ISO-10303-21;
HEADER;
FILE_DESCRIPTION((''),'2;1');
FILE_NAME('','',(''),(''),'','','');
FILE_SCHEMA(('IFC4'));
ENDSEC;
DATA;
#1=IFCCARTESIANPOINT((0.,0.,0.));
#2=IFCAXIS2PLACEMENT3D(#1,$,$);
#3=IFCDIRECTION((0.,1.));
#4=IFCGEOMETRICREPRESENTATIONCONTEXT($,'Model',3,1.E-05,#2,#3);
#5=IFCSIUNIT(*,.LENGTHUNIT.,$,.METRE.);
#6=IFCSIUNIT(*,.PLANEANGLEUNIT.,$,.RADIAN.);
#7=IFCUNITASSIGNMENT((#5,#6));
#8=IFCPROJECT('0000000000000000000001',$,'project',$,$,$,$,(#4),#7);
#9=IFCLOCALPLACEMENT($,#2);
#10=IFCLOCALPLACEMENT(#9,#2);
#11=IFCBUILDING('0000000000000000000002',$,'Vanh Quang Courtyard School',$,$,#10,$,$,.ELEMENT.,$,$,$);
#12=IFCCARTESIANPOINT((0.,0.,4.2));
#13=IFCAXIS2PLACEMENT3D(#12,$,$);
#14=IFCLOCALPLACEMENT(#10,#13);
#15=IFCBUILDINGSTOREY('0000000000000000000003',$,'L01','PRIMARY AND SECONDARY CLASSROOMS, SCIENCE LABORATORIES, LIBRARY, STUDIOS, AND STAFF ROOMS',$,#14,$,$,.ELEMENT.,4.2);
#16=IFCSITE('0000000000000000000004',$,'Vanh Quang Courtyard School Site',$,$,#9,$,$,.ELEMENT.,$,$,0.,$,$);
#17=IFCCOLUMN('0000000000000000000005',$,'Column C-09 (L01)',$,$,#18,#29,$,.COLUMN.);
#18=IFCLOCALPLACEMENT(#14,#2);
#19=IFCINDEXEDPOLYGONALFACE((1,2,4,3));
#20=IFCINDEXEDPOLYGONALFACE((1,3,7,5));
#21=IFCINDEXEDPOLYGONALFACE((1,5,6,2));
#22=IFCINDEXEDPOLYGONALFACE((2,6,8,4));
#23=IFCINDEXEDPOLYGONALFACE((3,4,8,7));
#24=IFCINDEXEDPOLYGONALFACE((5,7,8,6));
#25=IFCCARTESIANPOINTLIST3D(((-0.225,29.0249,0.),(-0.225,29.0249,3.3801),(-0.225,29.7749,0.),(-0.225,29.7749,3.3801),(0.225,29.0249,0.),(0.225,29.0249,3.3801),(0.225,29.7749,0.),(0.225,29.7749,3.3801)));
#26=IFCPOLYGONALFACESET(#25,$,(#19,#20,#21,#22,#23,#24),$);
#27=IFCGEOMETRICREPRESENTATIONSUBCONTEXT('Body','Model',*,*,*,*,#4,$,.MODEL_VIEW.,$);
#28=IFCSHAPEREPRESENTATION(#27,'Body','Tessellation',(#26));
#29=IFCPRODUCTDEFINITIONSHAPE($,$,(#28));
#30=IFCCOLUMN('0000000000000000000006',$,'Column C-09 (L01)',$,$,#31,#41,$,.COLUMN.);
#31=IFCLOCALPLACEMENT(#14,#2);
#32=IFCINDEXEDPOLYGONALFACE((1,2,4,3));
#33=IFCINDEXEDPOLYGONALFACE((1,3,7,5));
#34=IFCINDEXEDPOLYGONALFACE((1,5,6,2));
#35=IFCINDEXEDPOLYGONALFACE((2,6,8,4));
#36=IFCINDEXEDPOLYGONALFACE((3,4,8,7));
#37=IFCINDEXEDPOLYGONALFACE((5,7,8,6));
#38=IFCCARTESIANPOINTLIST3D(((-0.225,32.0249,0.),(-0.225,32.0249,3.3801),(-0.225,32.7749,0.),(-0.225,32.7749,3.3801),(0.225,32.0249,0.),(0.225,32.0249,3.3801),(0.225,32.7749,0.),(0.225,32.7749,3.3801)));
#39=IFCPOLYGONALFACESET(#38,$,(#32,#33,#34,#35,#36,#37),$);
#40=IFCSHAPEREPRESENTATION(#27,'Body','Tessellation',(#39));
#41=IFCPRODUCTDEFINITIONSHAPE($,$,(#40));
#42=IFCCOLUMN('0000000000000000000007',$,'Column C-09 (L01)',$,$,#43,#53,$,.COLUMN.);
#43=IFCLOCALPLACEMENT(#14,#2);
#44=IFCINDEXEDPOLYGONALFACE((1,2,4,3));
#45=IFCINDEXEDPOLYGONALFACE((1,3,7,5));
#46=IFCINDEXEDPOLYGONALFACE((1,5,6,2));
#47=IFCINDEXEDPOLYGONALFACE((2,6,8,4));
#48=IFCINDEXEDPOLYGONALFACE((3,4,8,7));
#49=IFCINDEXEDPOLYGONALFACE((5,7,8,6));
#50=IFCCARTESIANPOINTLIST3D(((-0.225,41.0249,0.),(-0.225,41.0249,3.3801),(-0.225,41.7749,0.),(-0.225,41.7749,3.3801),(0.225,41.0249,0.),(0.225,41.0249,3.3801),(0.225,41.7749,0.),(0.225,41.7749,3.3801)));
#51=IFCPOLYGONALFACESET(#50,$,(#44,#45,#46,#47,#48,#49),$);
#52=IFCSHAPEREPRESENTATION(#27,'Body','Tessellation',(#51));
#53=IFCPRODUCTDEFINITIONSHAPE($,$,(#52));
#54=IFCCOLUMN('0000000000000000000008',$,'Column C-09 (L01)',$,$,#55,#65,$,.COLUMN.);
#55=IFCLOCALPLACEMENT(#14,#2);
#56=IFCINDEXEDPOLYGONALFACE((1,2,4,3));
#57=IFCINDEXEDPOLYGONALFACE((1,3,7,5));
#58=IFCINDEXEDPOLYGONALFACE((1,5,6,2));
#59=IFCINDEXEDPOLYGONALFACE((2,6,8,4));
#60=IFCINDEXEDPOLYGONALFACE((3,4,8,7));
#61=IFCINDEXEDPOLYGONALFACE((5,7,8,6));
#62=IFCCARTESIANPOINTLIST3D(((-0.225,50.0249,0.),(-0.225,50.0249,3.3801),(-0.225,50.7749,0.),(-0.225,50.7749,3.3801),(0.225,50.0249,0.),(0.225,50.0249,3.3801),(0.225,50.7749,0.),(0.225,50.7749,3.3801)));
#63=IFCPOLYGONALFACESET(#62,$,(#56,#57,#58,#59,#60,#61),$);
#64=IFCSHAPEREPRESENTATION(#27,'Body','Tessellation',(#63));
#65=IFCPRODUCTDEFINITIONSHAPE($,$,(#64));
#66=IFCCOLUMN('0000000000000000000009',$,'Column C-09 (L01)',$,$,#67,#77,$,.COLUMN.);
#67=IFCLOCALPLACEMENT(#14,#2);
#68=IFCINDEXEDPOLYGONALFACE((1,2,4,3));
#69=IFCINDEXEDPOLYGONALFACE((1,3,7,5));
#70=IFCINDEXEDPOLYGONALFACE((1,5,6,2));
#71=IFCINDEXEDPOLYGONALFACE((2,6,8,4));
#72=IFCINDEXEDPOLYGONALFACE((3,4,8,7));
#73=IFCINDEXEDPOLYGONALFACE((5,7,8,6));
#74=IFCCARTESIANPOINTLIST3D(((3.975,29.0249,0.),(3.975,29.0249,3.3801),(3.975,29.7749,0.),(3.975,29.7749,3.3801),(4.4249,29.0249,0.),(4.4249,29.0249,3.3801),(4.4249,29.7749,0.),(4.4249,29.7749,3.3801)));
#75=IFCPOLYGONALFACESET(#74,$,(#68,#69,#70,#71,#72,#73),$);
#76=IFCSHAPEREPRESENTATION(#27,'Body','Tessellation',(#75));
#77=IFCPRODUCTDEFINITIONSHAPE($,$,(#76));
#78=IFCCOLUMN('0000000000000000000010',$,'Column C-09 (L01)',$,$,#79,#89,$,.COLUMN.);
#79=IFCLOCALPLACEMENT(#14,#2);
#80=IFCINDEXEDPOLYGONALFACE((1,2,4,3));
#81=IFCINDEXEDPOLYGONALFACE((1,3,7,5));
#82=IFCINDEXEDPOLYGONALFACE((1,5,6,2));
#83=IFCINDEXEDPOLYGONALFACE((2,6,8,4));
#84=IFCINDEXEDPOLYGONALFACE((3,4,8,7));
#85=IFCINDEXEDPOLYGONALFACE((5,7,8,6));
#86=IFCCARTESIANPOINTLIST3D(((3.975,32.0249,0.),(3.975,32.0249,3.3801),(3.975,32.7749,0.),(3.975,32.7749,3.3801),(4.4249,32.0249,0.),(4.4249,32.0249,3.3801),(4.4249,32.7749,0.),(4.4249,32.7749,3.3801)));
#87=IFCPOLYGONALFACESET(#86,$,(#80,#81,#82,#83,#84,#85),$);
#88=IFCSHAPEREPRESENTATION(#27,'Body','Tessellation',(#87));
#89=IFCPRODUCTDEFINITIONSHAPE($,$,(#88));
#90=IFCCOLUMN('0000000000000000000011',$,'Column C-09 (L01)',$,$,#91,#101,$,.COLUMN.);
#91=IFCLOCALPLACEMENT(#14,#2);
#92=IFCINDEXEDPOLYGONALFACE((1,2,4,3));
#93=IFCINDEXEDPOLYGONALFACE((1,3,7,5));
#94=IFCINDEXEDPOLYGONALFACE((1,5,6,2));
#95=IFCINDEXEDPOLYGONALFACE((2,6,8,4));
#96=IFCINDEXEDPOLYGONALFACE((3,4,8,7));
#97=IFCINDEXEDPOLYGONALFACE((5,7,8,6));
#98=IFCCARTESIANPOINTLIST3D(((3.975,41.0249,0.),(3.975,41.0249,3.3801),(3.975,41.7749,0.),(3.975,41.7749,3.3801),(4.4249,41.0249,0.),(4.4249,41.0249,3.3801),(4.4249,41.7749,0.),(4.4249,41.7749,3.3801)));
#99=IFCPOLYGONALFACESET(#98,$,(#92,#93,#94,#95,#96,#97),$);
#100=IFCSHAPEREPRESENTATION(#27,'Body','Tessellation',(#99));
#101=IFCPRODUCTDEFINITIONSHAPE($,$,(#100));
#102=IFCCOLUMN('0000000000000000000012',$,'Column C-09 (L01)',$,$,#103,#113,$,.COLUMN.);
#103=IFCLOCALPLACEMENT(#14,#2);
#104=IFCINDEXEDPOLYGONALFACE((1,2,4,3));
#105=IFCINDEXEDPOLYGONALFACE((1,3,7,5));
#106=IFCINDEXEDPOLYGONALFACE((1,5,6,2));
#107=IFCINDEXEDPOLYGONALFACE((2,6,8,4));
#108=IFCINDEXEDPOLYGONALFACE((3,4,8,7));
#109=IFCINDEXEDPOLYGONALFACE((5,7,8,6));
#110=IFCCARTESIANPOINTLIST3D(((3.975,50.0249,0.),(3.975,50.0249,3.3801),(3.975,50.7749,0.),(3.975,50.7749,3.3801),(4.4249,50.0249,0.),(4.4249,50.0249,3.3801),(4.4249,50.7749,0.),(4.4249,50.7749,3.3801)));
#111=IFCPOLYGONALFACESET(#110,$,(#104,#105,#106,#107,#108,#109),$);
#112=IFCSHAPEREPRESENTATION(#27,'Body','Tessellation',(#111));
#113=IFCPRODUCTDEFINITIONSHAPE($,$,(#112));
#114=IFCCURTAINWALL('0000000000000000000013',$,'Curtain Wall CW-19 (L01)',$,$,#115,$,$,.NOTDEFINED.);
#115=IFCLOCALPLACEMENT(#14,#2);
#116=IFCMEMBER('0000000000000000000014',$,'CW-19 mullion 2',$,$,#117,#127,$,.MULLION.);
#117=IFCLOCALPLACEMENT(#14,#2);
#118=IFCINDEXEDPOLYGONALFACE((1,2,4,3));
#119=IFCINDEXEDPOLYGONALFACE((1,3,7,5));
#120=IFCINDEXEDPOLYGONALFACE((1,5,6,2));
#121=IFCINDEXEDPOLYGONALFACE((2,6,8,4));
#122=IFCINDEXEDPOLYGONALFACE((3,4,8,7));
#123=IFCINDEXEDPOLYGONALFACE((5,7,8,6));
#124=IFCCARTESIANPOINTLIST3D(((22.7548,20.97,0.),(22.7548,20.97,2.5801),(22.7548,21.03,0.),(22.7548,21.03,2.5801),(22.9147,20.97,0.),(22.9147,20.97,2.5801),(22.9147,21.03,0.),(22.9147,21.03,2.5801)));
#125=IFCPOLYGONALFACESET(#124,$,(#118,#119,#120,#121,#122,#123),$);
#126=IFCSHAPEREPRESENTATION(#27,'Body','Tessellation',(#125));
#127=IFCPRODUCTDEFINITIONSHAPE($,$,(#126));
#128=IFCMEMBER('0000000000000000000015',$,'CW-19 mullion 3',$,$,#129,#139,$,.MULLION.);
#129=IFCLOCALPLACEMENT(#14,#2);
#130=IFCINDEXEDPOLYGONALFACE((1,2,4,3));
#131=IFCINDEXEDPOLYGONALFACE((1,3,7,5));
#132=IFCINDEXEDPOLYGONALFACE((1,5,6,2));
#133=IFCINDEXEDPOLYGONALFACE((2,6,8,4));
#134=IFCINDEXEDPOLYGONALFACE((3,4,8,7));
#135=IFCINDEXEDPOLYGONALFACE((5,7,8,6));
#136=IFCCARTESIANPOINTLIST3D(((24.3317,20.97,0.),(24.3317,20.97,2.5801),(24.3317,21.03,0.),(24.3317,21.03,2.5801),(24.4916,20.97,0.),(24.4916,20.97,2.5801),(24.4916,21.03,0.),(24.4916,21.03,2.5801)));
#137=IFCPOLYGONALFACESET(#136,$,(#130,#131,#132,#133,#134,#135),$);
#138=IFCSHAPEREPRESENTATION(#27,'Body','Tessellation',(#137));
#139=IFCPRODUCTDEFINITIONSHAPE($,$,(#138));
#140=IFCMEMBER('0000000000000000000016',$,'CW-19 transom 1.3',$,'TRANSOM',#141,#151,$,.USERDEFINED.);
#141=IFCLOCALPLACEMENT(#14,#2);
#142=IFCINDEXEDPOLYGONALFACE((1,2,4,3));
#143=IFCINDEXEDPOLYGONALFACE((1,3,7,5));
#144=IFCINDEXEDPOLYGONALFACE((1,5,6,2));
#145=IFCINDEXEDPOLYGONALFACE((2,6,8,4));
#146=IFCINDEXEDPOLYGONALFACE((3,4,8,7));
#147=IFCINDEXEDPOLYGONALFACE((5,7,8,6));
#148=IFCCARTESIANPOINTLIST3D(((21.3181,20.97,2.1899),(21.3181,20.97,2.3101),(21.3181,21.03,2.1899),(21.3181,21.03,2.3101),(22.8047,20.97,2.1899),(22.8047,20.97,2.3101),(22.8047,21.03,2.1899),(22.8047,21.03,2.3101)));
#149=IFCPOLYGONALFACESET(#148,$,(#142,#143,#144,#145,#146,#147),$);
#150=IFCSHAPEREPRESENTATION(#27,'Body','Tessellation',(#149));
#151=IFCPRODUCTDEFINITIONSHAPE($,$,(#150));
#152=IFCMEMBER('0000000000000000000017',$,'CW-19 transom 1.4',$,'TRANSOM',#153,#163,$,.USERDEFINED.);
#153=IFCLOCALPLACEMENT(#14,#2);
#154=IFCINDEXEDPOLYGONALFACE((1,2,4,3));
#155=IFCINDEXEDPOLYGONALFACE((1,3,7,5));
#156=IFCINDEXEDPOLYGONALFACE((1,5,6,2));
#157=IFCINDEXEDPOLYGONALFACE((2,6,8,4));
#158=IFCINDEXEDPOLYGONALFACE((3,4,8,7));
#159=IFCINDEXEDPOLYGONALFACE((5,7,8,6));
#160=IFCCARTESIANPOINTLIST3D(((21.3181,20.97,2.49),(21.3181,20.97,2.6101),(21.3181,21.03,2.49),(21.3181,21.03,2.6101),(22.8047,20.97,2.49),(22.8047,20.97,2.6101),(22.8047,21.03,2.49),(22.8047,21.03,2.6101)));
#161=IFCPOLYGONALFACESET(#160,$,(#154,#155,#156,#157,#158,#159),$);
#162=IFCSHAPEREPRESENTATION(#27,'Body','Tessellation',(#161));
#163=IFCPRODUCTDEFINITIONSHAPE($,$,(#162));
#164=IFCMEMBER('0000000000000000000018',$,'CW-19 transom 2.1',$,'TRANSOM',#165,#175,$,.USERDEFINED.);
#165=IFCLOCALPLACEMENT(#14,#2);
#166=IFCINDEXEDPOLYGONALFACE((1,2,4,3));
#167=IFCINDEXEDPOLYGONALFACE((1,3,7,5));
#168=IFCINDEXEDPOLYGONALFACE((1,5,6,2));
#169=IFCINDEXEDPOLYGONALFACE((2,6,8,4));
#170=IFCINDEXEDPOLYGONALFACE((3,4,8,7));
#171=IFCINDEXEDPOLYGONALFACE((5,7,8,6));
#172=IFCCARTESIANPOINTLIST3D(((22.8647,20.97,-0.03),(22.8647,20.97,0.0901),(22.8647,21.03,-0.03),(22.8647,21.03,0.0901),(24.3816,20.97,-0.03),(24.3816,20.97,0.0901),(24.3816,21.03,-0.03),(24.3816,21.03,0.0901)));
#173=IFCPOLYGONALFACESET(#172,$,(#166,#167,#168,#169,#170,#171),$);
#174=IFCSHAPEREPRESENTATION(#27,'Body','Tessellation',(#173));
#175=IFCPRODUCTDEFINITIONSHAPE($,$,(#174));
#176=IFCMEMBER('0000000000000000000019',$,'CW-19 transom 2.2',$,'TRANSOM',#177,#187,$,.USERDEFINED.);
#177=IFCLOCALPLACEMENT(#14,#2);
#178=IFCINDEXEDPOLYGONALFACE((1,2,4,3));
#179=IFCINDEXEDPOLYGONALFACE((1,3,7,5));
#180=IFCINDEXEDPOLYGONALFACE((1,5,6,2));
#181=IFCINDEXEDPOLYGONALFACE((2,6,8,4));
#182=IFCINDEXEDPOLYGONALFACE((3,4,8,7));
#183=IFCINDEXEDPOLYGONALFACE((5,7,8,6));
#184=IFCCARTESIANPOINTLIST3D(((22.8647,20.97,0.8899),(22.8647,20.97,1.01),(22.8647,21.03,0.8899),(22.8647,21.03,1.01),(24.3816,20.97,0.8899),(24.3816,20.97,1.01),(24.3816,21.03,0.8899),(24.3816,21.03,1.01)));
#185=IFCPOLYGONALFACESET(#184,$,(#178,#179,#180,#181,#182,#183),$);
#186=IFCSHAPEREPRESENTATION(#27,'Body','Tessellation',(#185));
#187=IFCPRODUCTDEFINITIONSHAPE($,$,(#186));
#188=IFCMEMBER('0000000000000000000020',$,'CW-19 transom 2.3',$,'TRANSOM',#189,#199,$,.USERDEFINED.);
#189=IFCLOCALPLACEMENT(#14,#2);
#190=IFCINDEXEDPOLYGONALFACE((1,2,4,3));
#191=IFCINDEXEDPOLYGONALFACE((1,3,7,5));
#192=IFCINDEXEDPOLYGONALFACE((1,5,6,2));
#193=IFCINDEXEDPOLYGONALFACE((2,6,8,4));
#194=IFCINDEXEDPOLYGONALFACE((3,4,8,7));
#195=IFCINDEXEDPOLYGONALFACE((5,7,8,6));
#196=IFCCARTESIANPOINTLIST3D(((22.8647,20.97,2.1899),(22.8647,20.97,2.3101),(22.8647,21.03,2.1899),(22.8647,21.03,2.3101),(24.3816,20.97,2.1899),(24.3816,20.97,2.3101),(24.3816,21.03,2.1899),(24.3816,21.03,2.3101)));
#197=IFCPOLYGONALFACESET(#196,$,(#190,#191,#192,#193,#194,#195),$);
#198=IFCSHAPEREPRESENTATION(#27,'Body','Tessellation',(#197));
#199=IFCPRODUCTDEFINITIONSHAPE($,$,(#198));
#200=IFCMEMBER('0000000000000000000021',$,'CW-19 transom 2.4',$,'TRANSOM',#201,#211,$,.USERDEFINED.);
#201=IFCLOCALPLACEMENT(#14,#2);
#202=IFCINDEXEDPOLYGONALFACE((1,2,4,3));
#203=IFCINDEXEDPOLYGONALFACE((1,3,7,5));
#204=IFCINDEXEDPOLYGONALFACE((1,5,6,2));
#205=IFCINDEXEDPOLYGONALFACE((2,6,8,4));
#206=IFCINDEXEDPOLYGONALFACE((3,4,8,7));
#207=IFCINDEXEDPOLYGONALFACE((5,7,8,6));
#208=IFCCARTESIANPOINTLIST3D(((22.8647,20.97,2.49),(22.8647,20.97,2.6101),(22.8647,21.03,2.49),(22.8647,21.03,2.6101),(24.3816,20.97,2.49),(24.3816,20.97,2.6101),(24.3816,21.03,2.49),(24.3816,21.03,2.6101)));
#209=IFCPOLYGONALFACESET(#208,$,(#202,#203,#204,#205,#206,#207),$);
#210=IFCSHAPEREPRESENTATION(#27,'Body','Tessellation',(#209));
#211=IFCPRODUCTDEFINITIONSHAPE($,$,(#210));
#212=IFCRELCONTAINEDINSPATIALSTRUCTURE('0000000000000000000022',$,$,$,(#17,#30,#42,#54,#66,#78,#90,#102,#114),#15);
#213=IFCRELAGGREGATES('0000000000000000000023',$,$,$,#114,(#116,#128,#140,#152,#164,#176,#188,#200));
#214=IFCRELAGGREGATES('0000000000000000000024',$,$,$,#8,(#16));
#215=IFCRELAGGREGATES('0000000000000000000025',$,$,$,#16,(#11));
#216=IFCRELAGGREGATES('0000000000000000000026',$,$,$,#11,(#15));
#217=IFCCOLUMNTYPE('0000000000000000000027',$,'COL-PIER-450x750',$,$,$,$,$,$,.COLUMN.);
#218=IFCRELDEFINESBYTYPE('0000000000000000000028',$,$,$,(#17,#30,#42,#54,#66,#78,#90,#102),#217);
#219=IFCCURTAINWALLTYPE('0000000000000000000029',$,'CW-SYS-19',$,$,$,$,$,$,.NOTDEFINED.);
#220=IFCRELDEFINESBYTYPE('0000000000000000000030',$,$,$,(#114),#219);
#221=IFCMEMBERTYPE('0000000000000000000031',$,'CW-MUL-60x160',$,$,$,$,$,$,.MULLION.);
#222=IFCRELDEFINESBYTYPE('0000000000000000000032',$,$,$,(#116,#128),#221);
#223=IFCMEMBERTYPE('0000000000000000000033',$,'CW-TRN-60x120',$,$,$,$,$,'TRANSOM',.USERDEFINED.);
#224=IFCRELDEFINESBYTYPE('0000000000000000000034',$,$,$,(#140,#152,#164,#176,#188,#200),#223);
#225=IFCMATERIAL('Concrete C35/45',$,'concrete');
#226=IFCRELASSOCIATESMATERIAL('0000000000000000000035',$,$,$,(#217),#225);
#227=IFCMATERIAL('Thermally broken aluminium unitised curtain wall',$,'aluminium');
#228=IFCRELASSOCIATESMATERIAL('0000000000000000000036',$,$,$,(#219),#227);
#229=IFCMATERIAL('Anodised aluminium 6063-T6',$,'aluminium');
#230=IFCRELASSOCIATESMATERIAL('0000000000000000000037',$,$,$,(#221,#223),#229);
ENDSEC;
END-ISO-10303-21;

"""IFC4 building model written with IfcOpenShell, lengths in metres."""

from ifc_helpers import new_model, si_unit, direction, frame, origin, origin_2d, place, context, subcontext, project, spatial, rectangle, extrude, material, material_profile, profile_set, type_object, element, aggregate, save


model = new_model("IFC4")

# Units and contexts
model_context = context("Model", 3, precision=1e-05, world=origin(), true_north=direction((0.0, 1.0)))
body_context = subcontext(model_context, "Body", "Model", "MODEL_VIEW")
ifc_project = project(units=[si_unit("LENGTHUNIT", "METRE"), si_unit("PLANEANGLEUNIT", "RADIAN")], contexts=[model_context])

# Site, building, storey
site_placement = place(None, origin())
site = spatial("IfcSite", under=ifc_project, at=site_placement, Name="Vanh Quang Courtyard School Site", CompositionType="ELEMENT", RefElevation=0.0)
building_placement = place(site_placement, origin())
building = spatial("IfcBuilding", under=site, at=building_placement, Name="Vanh Quang Courtyard School", CompositionType="ELEMENT")
storey_placement = place(building_placement, frame((0.0, 0.0, 4.2)))
storey = spatial("IfcBuildingStorey", under=building, at=storey_placement, Name="L01", Description="PRIMARY AND SECONDARY CLASSROOMS, SCIENCE LABORATORIES, LIBRARY, STUDIOS, AND STAFF ROOMS", CompositionType="ELEMENT", Elevation=4.2)

# Columns
ifc_material_1 = material(Name="Concrete C35/45", Category="concrete")
ifc_material_profile_1 = material_profile(ifc_material_1, rectangle(XDim=0.45, YDim=0.75, at=origin_2d()), Name="RC-PIER 450x750")
ifc_profile_set_1 = profile_set([ifc_material_profile_1], Name="Concrete C35/45")
column_type = type_object("IfcColumnType", Name="COL-PIER-450x750", PredefinedType="COLUMN", material=ifc_profile_set_1)
for number, where, z_axis, x_axis, name in (
    (1, (0.0, 29.3999, 0.0), (0.0, 0.0, 1.0), (1.0, 0.0, 0.0), "Column C-09 (L01)"),
    (2, (0.0, 32.3999, 0.0), (0.0, 0.0, 1.0), (1.0, 0.0, 0.0), "Column C-09 (L01)"),
    (3, (0.0, 41.3999, 0.0), (0.0, 0.0, 1.0), (1.0, 0.0, 0.0), "Column C-09 (L01)"),
    (4, (0.0, 50.3999, 0.0), (0.0, 0.0, 1.0), (1.0, 0.0, 0.0), "Column C-09 (L01)"),
    (5, (4.2, 29.3999, 0.0), (0.0, 0.0, 1.0), (1.0, 0.0, 0.0), "Column C-09 (L01)"),
    (6, (4.2, 32.3999, 0.0), (0.0, 0.0, 1.0), (1.0, 0.0, 0.0), "Column C-09 (L01)"),
    (7, (4.2, 41.3999, 0.0), (0.0, 0.0, 1.0), (1.0, 0.0, 0.0), "Column C-09 (L01)"),
    (8, (4.2, 50.3999, 0.0), (0.0, 0.0, 1.0), (1.0, 0.0, 0.0), "Column C-09 (L01)"),
):
    element("IfcColumn", number, at=place(storey_placement, frame(where, z_axis=z_axis, x_axis=x_axis)), inside=storey, type_object=column_type, Name=name, PredefinedType="COLUMN", context=body_context, shape_type="SweptSolid", body=[
        extrude(rectangle(XDim=0.45, YDim=0.75, at=origin_2d()), origin(), (0.0, 0.0, 1.0), 3.3801),
    ])

# Curtain wall, members
ifc_material_2 = material(Name="Thermally broken aluminium unitised curtain wall", Category="aluminium")
curtain_wall_type = type_object("IfcCurtainWallType", Name="CW-SYS-19", PredefinedType="NOTDEFINED", material=ifc_material_2)
curtain_wall_placement = place(storey_placement, origin())
curtain_wall = element("IfcCurtainWall", 9, at=curtain_wall_placement, inside=storey, type_object=curtain_wall_type, Name="Curtain Wall CW-19 (L01)", PredefinedType="NOTDEFINED")
ifc_material_3 = material(Name="Anodised aluminium 6063-T6", Category="aluminium")
ifc_material_profile_2 = material_profile(ifc_material_3, rectangle(XDim=0.0601, YDim=0.1599, at=origin_2d()), Name="ALU-MUL 60x160")
ifc_profile_set_2 = profile_set([ifc_material_profile_2], Name="Anodised aluminium 6063-T6")
member_type_1 = type_object("IfcMemberType", Name="CW-MUL-60x160", PredefinedType="MULLION", material=ifc_profile_set_2)
member_1_placement = place(storey_placement, frame((22.8347, 21.0, 0.0), z_axis=(0.0, 0.0, 1.0), x_axis=(0.0, 1.0, 0.0)))
member_1 = element("IfcMember", 10, at=member_1_placement, type_object=member_type_1, Name="CW-19 mullion 2", PredefinedType="MULLION", context=body_context, shape_type="SweptSolid", body=[
    extrude(rectangle(XDim=0.0601, YDim=0.1599, at=origin_2d()), origin(), (0.0, 0.0, 1.0), 2.5801),
])
member_2_placement = place(storey_placement, frame((24.4116, 21.0, 0.0), z_axis=(0.0, 0.0, 1.0), x_axis=(0.0, 1.0, 0.0)))
member_2 = element("IfcMember", 11, at=member_2_placement, type_object=member_type_1, Name="CW-19 mullion 3", PredefinedType="MULLION", context=body_context, shape_type="SweptSolid", body=[
    extrude(rectangle(XDim=0.0601, YDim=0.1599, at=origin_2d()), origin(), (0.0, 0.0, 1.0), 2.5801),
])
ifc_material_profile_3 = material_profile(ifc_material_3, rectangle(XDim=0.0601, YDim=0.1201, at=origin_2d()), Name="ALU-TRN 60x120")
ifc_profile_set_3 = profile_set([ifc_material_profile_3], Name="Anodised aluminium 6063-T6")
member_type_2 = type_object("IfcMemberType", Name="CW-TRN-60x120", ElementType="TRANSOM", PredefinedType="USERDEFINED", material=ifc_profile_set_3)
member_3_placement = place(storey_placement, frame((21.3181, 21.0, 2.25), z_axis=(1.0, 0.0, 0.0), x_axis=(0.0, 1.0, 0.0)))
member_3 = element("IfcMember", 12, at=member_3_placement, type_object=member_type_2, Name="CW-19 transom 1.3", ObjectType="TRANSOM", PredefinedType="USERDEFINED", context=body_context, shape_type="SweptSolid", body=[
    extrude(rectangle(XDim=0.0601, YDim=0.1201, at=origin_2d()), origin(), (0.0, 0.0, 1.0), 1.4866),
])
member_4_placement = place(storey_placement, frame((21.3181, 21.0, 2.55), z_axis=(1.0, 0.0, 0.0), x_axis=(0.0, 1.0, 0.0)))
member_4 = element("IfcMember", 13, at=member_4_placement, type_object=member_type_2, Name="CW-19 transom 1.4", ObjectType="TRANSOM", PredefinedType="USERDEFINED", context=body_context, shape_type="SweptSolid", body=[
    extrude(rectangle(XDim=0.0601, YDim=0.1201, at=origin_2d()), origin(), (0.0, 0.0, 1.0), 1.4866),
])
member_5_placement = place(storey_placement, frame((22.8647, 21.0, 0.03), z_axis=(1.0, 0.0, 0.0), x_axis=(0.0, 1.0, 0.0)))
member_5 = element("IfcMember", 14, at=member_5_placement, type_object=member_type_2, Name="CW-19 transom 2.1", ObjectType="TRANSOM", PredefinedType="USERDEFINED", context=body_context, shape_type="SweptSolid", body=[
    extrude(rectangle(XDim=0.0601, YDim=0.1201, at=origin_2d()), origin(), (0.0, 0.0, 1.0), 1.5168),
])
member_6_placement = place(storey_placement, frame((22.8647, 21.0, 0.95), z_axis=(1.0, 0.0, 0.0), x_axis=(0.0, 1.0, 0.0)))
member_6 = element("IfcMember", 15, at=member_6_placement, type_object=member_type_2, Name="CW-19 transom 2.2", ObjectType="TRANSOM", PredefinedType="USERDEFINED", context=body_context, shape_type="SweptSolid", body=[
    extrude(rectangle(XDim=0.0601, YDim=0.1201, at=origin_2d()), origin(), (0.0, 0.0, 1.0), 1.5168),
])
member_7_placement = place(storey_placement, frame((22.8647, 21.0, 2.25), z_axis=(1.0, 0.0, 0.0), x_axis=(0.0, 1.0, 0.0)))
member_7 = element("IfcMember", 16, at=member_7_placement, type_object=member_type_2, Name="CW-19 transom 2.3", ObjectType="TRANSOM", PredefinedType="USERDEFINED", context=body_context, shape_type="SweptSolid", body=[
    extrude(rectangle(XDim=0.0601, YDim=0.1201, at=origin_2d()), origin(), (0.0, 0.0, 1.0), 1.5168),
])
member_8_placement = place(storey_placement, frame((22.8647, 21.0, 2.55), z_axis=(1.0, 0.0, 0.0), x_axis=(0.0, 1.0, 0.0)))
member_8 = element("IfcMember", 17, at=member_8_placement, type_object=member_type_2, Name="CW-19 transom 2.4", ObjectType="TRANSOM", PredefinedType="USERDEFINED", context=body_context, shape_type="SweptSolid", body=[
    extrude(rectangle(XDim=0.0601, YDim=0.1201, at=origin_2d()), origin(), (0.0, 0.0, 1.0), 1.5168),
])
aggregate(curtain_wall, [member_1, member_2, member_3, member_4, member_5, member_6, member_7, member_8])

save(model, "model.ifc")
